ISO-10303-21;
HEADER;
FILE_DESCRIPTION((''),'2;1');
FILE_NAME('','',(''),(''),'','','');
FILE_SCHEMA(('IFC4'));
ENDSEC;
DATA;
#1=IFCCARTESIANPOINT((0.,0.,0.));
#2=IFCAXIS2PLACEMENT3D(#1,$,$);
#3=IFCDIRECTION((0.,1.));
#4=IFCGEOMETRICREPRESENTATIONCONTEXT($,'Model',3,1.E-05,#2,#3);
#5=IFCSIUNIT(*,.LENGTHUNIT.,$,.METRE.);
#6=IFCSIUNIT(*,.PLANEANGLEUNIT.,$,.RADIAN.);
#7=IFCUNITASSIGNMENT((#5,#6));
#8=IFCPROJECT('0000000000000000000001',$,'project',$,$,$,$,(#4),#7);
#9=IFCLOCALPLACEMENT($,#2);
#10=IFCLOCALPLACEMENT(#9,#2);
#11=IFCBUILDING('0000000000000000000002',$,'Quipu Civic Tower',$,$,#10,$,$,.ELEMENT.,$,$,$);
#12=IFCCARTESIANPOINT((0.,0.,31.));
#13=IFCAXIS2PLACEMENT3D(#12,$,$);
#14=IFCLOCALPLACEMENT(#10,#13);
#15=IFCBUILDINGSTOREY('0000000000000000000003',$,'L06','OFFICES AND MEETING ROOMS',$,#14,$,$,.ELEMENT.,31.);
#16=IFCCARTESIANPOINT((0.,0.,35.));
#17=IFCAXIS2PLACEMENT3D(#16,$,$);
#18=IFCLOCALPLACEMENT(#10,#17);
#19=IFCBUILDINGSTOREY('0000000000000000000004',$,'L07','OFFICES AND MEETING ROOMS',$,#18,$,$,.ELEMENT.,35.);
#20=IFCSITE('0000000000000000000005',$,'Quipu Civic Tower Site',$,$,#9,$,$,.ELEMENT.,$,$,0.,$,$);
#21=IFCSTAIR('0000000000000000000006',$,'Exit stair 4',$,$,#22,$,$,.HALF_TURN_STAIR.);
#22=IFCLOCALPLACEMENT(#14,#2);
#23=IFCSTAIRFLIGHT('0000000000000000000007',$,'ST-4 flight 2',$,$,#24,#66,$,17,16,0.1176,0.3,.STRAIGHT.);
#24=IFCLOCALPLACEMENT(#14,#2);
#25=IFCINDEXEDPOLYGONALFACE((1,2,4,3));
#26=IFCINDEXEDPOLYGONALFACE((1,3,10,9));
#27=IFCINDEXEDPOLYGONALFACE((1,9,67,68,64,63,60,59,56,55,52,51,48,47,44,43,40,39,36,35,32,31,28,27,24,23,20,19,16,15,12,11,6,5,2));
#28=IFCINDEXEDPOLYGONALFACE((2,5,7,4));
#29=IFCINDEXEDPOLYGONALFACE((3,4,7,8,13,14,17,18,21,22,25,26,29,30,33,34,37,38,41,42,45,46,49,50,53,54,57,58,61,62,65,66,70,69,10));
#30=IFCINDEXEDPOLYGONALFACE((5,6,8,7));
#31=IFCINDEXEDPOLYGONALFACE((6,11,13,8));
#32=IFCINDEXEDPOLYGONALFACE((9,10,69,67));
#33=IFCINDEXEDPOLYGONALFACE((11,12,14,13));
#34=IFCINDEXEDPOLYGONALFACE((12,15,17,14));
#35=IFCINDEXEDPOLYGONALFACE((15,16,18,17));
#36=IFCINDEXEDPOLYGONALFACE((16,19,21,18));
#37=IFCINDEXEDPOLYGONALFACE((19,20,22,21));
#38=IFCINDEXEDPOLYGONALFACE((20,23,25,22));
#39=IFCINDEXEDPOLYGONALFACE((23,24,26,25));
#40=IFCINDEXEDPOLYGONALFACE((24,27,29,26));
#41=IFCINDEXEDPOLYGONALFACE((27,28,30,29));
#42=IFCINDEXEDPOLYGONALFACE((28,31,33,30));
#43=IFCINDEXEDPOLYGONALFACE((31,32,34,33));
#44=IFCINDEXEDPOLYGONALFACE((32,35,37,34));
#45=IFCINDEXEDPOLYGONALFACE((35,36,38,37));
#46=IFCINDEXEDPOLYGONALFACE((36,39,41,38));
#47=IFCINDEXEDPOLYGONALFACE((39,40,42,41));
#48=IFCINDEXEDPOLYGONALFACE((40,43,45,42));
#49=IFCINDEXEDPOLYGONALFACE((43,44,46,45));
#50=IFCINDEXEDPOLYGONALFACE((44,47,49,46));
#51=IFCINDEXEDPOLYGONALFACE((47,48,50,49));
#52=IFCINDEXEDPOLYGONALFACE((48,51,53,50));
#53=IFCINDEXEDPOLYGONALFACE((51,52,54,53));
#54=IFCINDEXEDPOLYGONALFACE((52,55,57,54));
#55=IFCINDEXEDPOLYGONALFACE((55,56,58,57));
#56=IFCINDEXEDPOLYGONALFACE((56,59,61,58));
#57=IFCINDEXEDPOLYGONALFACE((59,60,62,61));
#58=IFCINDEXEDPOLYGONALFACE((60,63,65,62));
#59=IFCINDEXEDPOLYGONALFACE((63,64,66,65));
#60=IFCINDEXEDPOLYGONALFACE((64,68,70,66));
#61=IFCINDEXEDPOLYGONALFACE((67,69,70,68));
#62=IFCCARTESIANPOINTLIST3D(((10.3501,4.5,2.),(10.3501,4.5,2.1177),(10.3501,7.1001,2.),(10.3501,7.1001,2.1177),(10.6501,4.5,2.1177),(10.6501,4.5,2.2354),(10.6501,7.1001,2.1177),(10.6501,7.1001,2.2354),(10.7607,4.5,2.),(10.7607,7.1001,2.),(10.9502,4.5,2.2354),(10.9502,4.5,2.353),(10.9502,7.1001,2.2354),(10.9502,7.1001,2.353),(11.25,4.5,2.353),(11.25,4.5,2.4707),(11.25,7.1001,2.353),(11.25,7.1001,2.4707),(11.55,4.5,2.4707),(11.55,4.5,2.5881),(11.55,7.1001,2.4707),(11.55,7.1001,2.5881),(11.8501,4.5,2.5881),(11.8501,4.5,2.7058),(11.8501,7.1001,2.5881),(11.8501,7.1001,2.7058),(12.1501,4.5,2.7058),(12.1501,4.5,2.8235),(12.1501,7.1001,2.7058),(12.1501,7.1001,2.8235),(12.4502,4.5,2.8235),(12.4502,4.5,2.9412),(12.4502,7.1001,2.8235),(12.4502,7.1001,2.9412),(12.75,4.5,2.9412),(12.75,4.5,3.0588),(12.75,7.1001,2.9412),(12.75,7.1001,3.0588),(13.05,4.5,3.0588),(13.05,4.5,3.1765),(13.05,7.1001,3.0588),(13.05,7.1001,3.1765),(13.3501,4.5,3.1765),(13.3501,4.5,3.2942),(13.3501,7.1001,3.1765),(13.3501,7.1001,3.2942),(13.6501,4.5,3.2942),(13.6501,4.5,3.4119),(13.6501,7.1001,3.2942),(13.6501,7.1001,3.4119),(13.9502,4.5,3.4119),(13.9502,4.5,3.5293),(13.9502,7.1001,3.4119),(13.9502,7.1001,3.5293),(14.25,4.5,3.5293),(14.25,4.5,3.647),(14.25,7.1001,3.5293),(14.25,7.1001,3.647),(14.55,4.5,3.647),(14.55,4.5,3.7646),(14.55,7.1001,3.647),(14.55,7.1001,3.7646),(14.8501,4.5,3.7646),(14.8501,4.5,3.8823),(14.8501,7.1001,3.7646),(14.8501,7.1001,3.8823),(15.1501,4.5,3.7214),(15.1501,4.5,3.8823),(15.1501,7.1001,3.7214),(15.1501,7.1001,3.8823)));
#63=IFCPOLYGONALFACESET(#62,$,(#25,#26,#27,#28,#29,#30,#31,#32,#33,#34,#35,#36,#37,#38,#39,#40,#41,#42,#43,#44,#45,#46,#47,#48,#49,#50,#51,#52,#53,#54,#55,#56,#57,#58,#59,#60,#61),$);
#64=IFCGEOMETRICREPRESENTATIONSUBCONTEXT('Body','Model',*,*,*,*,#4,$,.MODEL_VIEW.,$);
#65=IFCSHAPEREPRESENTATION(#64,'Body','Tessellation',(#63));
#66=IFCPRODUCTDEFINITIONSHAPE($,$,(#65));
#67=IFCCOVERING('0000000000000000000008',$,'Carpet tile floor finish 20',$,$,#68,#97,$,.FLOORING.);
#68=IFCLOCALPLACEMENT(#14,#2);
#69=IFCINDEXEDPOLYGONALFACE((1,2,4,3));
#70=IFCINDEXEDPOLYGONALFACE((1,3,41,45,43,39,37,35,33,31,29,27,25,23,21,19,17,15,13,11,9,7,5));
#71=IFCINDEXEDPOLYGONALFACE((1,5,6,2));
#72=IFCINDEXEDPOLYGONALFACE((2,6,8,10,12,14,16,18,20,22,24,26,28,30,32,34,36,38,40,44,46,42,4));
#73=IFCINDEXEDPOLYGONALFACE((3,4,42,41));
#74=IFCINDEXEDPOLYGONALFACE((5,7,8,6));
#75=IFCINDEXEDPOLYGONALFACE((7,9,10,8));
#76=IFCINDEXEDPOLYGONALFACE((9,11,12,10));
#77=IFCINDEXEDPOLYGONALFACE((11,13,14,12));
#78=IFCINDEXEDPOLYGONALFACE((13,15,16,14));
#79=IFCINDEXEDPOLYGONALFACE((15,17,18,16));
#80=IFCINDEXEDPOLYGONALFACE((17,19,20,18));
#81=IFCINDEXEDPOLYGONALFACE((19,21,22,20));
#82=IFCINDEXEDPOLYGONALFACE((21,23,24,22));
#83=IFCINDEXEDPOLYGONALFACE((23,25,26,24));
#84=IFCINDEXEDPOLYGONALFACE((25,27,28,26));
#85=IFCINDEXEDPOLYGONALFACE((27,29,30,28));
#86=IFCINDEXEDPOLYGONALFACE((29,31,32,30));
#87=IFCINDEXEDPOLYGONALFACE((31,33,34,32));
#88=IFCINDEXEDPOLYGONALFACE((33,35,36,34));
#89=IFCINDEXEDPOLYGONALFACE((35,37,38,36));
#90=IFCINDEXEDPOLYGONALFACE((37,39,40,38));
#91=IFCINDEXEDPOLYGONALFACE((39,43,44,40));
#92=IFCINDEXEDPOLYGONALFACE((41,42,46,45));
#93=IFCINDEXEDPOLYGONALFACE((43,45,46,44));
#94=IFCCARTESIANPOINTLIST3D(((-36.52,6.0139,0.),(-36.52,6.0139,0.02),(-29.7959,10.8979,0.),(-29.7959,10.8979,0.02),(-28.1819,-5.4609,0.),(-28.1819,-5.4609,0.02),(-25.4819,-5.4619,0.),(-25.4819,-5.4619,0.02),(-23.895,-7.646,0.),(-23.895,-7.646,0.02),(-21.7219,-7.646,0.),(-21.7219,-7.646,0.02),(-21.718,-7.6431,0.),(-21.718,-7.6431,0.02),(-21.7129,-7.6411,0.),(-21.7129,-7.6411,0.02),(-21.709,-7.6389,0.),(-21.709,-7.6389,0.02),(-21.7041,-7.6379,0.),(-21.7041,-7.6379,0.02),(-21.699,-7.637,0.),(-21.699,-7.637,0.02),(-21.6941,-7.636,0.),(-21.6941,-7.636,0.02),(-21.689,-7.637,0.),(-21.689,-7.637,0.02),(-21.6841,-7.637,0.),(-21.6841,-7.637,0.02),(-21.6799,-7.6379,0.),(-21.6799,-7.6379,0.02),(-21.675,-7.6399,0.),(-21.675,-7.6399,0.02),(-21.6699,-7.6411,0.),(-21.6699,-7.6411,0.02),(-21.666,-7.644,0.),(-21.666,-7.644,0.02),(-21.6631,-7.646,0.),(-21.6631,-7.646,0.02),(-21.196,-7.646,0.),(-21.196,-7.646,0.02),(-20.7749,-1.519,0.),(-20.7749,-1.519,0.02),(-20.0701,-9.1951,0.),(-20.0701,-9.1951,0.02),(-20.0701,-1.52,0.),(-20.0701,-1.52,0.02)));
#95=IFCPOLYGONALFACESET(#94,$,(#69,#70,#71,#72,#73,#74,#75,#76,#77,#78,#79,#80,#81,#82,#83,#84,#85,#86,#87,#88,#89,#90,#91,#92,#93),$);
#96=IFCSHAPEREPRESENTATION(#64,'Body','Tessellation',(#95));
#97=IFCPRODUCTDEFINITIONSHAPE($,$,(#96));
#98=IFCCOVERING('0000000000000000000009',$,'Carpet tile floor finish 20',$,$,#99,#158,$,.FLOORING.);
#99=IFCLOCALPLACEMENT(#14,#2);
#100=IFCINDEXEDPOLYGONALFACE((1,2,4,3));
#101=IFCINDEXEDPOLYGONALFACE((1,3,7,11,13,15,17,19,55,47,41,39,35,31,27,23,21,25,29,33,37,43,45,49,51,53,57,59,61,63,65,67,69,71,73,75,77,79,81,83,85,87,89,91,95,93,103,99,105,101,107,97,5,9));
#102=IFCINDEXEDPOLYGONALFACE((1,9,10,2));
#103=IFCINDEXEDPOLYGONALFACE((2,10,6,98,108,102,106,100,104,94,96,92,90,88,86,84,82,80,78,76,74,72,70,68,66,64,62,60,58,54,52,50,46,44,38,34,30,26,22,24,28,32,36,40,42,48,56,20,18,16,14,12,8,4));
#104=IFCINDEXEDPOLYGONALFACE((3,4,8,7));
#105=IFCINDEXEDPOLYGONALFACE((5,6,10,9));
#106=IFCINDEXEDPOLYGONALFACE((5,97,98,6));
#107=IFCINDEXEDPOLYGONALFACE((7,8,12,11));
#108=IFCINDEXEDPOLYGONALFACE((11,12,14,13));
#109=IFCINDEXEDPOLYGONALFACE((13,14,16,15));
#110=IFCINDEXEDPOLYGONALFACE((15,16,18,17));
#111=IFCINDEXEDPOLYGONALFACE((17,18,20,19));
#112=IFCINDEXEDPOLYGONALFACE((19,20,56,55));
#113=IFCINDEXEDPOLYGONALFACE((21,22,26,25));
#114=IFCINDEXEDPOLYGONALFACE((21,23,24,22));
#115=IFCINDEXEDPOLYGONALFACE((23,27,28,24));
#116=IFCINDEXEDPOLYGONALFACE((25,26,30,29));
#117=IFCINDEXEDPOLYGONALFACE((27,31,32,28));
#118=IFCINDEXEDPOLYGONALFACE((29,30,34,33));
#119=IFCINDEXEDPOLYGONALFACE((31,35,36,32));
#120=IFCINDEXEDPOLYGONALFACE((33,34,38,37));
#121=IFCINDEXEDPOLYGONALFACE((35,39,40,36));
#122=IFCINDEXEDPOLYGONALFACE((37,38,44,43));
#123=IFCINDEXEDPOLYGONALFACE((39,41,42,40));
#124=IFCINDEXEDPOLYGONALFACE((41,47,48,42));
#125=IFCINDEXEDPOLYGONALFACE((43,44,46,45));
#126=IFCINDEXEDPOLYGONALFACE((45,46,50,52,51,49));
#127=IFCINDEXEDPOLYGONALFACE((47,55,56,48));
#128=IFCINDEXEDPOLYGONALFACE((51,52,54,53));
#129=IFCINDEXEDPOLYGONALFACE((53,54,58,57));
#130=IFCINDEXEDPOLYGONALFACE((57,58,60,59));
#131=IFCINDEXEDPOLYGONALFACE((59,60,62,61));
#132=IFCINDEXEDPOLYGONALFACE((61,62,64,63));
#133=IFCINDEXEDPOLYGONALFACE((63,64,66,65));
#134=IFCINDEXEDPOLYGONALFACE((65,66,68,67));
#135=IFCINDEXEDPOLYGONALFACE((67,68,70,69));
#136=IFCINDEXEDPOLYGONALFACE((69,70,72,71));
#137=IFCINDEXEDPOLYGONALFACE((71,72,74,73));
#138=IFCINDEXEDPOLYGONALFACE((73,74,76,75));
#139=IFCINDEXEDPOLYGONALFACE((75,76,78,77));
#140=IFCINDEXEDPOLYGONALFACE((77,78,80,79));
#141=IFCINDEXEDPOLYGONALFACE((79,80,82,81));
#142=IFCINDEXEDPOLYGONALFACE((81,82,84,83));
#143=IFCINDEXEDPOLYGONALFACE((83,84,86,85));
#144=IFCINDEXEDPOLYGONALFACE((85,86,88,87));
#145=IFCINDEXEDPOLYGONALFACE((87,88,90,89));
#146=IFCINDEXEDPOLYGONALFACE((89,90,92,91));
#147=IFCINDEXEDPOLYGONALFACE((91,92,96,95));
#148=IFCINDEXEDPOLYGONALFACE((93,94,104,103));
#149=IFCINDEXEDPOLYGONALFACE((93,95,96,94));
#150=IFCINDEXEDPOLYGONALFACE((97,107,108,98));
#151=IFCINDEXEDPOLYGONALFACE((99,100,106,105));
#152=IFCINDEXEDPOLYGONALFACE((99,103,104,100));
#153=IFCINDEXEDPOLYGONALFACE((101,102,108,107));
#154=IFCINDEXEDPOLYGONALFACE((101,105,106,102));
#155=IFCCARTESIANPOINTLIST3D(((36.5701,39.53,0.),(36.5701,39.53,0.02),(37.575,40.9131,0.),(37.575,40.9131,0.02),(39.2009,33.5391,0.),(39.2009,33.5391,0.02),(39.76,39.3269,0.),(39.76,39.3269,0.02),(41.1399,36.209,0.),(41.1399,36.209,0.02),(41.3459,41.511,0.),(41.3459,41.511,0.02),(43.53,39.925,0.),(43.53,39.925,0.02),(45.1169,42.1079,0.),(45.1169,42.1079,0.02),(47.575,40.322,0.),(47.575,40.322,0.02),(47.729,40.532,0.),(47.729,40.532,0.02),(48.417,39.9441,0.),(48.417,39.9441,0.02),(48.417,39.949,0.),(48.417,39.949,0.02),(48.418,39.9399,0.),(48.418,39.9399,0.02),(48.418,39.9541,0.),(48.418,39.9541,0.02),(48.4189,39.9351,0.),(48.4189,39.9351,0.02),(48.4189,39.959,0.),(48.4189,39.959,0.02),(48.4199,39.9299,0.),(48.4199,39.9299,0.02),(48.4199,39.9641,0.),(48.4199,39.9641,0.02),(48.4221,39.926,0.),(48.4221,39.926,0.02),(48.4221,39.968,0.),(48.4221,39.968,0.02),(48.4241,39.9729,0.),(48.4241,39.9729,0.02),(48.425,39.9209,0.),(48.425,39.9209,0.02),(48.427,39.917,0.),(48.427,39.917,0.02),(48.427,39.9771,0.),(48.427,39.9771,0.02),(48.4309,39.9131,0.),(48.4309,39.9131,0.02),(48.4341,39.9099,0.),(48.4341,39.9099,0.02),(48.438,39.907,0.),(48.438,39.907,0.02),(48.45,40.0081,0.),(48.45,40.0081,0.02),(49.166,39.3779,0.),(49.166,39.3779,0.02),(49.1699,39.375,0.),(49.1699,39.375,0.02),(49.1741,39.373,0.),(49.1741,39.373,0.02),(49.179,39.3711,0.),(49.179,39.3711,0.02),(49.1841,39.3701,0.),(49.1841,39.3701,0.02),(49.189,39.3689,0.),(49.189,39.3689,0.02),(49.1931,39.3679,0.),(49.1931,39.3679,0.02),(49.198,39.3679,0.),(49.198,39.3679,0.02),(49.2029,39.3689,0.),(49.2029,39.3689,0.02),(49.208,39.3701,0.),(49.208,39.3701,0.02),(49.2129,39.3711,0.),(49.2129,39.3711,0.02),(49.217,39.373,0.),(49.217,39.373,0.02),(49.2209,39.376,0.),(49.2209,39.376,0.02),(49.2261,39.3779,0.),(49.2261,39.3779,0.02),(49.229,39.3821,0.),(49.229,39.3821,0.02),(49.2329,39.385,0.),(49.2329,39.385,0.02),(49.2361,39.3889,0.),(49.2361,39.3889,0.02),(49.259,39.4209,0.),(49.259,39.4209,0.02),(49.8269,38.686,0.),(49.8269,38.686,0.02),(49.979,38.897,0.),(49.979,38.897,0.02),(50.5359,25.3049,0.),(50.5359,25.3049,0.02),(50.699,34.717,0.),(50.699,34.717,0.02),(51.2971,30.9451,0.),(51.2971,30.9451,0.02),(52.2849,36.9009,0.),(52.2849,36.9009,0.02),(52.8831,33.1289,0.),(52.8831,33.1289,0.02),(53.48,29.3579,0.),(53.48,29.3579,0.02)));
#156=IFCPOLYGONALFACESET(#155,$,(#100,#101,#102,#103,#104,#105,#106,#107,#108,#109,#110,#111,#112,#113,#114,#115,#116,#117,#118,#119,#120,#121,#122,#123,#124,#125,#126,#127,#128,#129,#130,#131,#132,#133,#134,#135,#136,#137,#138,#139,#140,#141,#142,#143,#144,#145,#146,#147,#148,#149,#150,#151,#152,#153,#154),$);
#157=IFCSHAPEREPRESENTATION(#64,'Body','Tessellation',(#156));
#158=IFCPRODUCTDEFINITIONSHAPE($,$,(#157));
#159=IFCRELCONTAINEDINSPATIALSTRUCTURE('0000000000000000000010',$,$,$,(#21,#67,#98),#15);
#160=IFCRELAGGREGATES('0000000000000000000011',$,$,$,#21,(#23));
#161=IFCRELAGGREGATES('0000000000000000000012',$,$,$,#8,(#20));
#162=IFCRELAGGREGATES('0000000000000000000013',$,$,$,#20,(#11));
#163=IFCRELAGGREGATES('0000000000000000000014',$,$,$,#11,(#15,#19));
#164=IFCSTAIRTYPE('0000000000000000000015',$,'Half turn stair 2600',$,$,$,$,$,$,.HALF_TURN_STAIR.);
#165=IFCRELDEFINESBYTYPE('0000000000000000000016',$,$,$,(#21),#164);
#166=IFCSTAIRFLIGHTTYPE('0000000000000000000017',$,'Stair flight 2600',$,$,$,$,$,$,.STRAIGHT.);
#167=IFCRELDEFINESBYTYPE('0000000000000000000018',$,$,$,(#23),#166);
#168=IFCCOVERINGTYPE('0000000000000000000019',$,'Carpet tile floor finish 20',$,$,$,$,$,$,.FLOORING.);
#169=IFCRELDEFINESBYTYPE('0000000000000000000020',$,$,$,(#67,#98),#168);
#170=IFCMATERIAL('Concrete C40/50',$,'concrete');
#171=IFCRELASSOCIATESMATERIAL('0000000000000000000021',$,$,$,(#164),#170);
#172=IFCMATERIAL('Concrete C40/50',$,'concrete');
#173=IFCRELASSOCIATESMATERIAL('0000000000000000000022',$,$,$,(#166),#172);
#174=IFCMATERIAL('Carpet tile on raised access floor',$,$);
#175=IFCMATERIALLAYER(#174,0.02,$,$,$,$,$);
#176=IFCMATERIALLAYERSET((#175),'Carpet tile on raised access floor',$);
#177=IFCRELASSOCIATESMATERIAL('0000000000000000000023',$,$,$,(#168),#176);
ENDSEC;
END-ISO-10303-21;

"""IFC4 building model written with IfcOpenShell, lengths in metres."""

from ifc_helpers import new_model, si_unit, direction, frame, origin, place, context, subcontext, project, spatial, polyline, outline, extrude, material, layer, layer_set, type_object, element, aggregate, save


model = new_model("IFC4")

# Units and contexts
model_context = context("Model", 3, precision=1e-05, world=origin(), true_north=direction((0.0, 1.0)))
body_context = subcontext(model_context, "Body", "Model", "MODEL_VIEW")
ifc_project = project(units=[si_unit("LENGTHUNIT", "METRE"), si_unit("PLANEANGLEUNIT", "RADIAN")], contexts=[model_context])

# Site, building, storey
site_placement = place(None, origin())
site = spatial("IfcSite", under=ifc_project, at=site_placement, Name="Quipu Civic Tower Site", CompositionType="ELEMENT", RefElevation=0.0)
building_placement = place(site_placement, origin())
building = spatial("IfcBuilding", under=site, at=building_placement, Name="Quipu Civic Tower", CompositionType="ELEMENT")
storey_1_placement = place(building_placement, frame((0.0, 0.0, 31.0)))
storey_1 = spatial("IfcBuildingStorey", under=building, at=storey_1_placement, Name="L06", Description="OFFICES AND MEETING ROOMS", CompositionType="ELEMENT", Elevation=31.0)

# Shared definitions
storey_2_placement = place(building_placement, frame((0.0, 0.0, 35.0)))
storey_2 = spatial("IfcBuildingStorey", under=building, at=storey_2_placement, Name="L07", Description="OFFICES AND MEETING ROOMS", CompositionType="ELEMENT", Elevation=35.0)

# Stair, stair flight
ifc_material_1 = material(Name="Concrete C40/50", Category="concrete")
stair_type = type_object("IfcStairType", Name="Half turn stair 2600", PredefinedType="HALF_TURN_STAIR", material=ifc_material_1)
stair_placement = place(storey_1_placement, origin())
stair = element("IfcStair", 1, at=stair_placement, inside=storey_1, type_object=stair_type, Name="Exit stair 4", PredefinedType="HALF_TURN_STAIR")
ifc_material_2 = material(Name="Concrete C40/50", Category="concrete")
stair_flight_type = type_object("IfcStairFlightType", Name="Stair flight 2600", PredefinedType="STRAIGHT", material=ifc_material_2)
stair_flight_placement = place(storey_1_placement, frame((10.3501, 5.8, 2.0), z_axis=(0.0, 0.0, 1.0), x_axis=(1.0, 0.0, 0.0)))
stair_flight = element("IfcStairFlight", 2, at=stair_flight_placement, type_object=stair_flight_type, Name="ST-4 flight 2", NumberOfRisers=17, NumberOfTreads=16, PredefinedType="STRAIGHT", RiserHeight=0.1176, TreadLength=0.3, context=body_context, shape_type="SweptSolid", body=[
    extrude(outline(polyline([(0.0, 0.0), (0.0, 0.1177), (0.3, 0.1177), (0.3, 0.2354), (0.6001, 0.2354), (0.6001, 0.353), (0.8999, 0.353), (0.8999, 0.4707), (1.2, 0.4707), (1.2, 0.5881), (1.5, 0.5881), (1.5, 0.7058), (1.8, 0.7058), (1.8, 0.8235), (2.1001, 0.8235), (2.1001, 0.9412), (2.3999, 0.9412), (2.3999, 1.0588), (2.7, 1.0588), (2.7, 1.1765), (3.0, 1.1765), (3.0, 1.2942), (3.3, 1.2942), (3.3, 1.4119), (3.6001, 1.4119), (3.6001, 1.5293), (3.8999, 1.5293), (3.8999, 1.647), (4.2, 1.647), (4.2, 1.7646), (4.5, 1.7646), (4.5, 1.8823), (4.8, 1.8823), (4.8, 2.0), (4.8, 1.7214), (0.4106, 0.0), (0.0, 0.0)])), frame((0.0, 1.3, 0.0), z_axis=(0.0, -1.0, 0.0), x_axis=(1.0, 0.0, 0.0)), (0.0, 0.0, 1.0), 2.6001),
])
aggregate(stair, [stair_flight])

# Coverings
ifc_material_3 = material(Name="Carpet tile on raised access floor")
ifc_layer_1 = layer(ifc_material_3, 0.02)
ifc_layer_set_1 = layer_set([ifc_layer_1], Name="Carpet tile on raised access floor")
covering_type_1 = type_object("IfcCoveringType", Name="Carpet tile floor finish 20", PredefinedType="FLOORING", material=ifc_layer_set_1)
covering_1_placement = place(storey_1_placement, origin())
element("IfcCovering", 3, at=covering_1_placement, inside=storey_1, type_object=covering_type_1, Name="Carpet tile floor finish 20", PredefinedType="FLOORING", context=body_context, shape_type="SweptSolid", body=[
    extrude(outline(polyline([(-36.52, 6.0139), (-29.7959, 10.8979), (-20.7749, -1.519), (-20.0701, -1.52), (-20.0701, -9.1951), (-21.196, -7.646), (-21.6631, -7.646), (-21.666, -7.644), (-21.6699, -7.6411), (-21.675, -7.6399), (-21.6799, -7.6379), (-21.6841, -7.637), (-21.689, -7.637), (-21.6941, -7.636), (-21.699, -7.637), (-21.7041, -7.6379), (-21.709, -7.6389), (-21.7129, -7.6411), (-21.718, -7.6431), (-21.7219, -7.646), (-21.7219, -7.646), (-23.895, -7.646), (-25.4819, -5.4619), (-28.1819, -5.4609), (-36.52, 6.0139)])), origin(), (0.0, 0.0, 1.0), 0.02),
])
covering_2_placement = place(storey_1_placement, origin())
element("IfcCovering", 4, at=covering_2_placement, inside=storey_1, type_object=covering_type_1, Name="Carpet tile floor finish 20", PredefinedType="FLOORING", context=body_context, shape_type="SweptSolid", body=[
    extrude(outline(polyline([(36.5701, 39.53), (37.575, 40.9131), (39.76, 39.3269), (41.3459, 41.511), (43.53, 39.925), (45.1169, 42.1079), (47.575, 40.322), (47.729, 40.532), (48.45, 40.0081), (48.427, 39.9771), (48.4241, 39.9729), (48.4221, 39.968), (48.4199, 39.9641), (48.4189, 39.959), (48.418, 39.9541), (48.417, 39.949), (48.417, 39.9441), (48.418, 39.9399), (48.4189, 39.9351), (48.4199, 39.9299), (48.4221, 39.926), (48.425, 39.9209), (48.427, 39.917), (48.4309, 39.9131), (48.4341, 39.9099), (48.438, 39.907), (49.166, 39.3779), (49.1699, 39.375), (49.1741, 39.373), (49.179, 39.3711), (49.1841, 39.3701), (49.189, 39.3689), (49.1931, 39.3679), (49.198, 39.3679), (49.2029, 39.3689), (49.208, 39.3701), (49.2129, 39.3711), (49.217, 39.373), (49.2209, 39.376), (49.2261, 39.3779), (49.229, 39.3821), (49.2329, 39.385), (49.2361, 39.3889), (49.259, 39.4209), (49.979, 38.897), (49.8269, 38.686), (52.2849, 36.9009), (50.699, 34.717), (52.8831, 33.1289), (51.2971, 30.9451), (53.48, 29.3579), (50.5359, 25.3049), (39.2009, 33.5391), (41.1399, 36.209), (36.5701, 39.53)])), origin(), (0.0, 0.0, 1.0), 0.02),
])

save(model, "model.ifc")
